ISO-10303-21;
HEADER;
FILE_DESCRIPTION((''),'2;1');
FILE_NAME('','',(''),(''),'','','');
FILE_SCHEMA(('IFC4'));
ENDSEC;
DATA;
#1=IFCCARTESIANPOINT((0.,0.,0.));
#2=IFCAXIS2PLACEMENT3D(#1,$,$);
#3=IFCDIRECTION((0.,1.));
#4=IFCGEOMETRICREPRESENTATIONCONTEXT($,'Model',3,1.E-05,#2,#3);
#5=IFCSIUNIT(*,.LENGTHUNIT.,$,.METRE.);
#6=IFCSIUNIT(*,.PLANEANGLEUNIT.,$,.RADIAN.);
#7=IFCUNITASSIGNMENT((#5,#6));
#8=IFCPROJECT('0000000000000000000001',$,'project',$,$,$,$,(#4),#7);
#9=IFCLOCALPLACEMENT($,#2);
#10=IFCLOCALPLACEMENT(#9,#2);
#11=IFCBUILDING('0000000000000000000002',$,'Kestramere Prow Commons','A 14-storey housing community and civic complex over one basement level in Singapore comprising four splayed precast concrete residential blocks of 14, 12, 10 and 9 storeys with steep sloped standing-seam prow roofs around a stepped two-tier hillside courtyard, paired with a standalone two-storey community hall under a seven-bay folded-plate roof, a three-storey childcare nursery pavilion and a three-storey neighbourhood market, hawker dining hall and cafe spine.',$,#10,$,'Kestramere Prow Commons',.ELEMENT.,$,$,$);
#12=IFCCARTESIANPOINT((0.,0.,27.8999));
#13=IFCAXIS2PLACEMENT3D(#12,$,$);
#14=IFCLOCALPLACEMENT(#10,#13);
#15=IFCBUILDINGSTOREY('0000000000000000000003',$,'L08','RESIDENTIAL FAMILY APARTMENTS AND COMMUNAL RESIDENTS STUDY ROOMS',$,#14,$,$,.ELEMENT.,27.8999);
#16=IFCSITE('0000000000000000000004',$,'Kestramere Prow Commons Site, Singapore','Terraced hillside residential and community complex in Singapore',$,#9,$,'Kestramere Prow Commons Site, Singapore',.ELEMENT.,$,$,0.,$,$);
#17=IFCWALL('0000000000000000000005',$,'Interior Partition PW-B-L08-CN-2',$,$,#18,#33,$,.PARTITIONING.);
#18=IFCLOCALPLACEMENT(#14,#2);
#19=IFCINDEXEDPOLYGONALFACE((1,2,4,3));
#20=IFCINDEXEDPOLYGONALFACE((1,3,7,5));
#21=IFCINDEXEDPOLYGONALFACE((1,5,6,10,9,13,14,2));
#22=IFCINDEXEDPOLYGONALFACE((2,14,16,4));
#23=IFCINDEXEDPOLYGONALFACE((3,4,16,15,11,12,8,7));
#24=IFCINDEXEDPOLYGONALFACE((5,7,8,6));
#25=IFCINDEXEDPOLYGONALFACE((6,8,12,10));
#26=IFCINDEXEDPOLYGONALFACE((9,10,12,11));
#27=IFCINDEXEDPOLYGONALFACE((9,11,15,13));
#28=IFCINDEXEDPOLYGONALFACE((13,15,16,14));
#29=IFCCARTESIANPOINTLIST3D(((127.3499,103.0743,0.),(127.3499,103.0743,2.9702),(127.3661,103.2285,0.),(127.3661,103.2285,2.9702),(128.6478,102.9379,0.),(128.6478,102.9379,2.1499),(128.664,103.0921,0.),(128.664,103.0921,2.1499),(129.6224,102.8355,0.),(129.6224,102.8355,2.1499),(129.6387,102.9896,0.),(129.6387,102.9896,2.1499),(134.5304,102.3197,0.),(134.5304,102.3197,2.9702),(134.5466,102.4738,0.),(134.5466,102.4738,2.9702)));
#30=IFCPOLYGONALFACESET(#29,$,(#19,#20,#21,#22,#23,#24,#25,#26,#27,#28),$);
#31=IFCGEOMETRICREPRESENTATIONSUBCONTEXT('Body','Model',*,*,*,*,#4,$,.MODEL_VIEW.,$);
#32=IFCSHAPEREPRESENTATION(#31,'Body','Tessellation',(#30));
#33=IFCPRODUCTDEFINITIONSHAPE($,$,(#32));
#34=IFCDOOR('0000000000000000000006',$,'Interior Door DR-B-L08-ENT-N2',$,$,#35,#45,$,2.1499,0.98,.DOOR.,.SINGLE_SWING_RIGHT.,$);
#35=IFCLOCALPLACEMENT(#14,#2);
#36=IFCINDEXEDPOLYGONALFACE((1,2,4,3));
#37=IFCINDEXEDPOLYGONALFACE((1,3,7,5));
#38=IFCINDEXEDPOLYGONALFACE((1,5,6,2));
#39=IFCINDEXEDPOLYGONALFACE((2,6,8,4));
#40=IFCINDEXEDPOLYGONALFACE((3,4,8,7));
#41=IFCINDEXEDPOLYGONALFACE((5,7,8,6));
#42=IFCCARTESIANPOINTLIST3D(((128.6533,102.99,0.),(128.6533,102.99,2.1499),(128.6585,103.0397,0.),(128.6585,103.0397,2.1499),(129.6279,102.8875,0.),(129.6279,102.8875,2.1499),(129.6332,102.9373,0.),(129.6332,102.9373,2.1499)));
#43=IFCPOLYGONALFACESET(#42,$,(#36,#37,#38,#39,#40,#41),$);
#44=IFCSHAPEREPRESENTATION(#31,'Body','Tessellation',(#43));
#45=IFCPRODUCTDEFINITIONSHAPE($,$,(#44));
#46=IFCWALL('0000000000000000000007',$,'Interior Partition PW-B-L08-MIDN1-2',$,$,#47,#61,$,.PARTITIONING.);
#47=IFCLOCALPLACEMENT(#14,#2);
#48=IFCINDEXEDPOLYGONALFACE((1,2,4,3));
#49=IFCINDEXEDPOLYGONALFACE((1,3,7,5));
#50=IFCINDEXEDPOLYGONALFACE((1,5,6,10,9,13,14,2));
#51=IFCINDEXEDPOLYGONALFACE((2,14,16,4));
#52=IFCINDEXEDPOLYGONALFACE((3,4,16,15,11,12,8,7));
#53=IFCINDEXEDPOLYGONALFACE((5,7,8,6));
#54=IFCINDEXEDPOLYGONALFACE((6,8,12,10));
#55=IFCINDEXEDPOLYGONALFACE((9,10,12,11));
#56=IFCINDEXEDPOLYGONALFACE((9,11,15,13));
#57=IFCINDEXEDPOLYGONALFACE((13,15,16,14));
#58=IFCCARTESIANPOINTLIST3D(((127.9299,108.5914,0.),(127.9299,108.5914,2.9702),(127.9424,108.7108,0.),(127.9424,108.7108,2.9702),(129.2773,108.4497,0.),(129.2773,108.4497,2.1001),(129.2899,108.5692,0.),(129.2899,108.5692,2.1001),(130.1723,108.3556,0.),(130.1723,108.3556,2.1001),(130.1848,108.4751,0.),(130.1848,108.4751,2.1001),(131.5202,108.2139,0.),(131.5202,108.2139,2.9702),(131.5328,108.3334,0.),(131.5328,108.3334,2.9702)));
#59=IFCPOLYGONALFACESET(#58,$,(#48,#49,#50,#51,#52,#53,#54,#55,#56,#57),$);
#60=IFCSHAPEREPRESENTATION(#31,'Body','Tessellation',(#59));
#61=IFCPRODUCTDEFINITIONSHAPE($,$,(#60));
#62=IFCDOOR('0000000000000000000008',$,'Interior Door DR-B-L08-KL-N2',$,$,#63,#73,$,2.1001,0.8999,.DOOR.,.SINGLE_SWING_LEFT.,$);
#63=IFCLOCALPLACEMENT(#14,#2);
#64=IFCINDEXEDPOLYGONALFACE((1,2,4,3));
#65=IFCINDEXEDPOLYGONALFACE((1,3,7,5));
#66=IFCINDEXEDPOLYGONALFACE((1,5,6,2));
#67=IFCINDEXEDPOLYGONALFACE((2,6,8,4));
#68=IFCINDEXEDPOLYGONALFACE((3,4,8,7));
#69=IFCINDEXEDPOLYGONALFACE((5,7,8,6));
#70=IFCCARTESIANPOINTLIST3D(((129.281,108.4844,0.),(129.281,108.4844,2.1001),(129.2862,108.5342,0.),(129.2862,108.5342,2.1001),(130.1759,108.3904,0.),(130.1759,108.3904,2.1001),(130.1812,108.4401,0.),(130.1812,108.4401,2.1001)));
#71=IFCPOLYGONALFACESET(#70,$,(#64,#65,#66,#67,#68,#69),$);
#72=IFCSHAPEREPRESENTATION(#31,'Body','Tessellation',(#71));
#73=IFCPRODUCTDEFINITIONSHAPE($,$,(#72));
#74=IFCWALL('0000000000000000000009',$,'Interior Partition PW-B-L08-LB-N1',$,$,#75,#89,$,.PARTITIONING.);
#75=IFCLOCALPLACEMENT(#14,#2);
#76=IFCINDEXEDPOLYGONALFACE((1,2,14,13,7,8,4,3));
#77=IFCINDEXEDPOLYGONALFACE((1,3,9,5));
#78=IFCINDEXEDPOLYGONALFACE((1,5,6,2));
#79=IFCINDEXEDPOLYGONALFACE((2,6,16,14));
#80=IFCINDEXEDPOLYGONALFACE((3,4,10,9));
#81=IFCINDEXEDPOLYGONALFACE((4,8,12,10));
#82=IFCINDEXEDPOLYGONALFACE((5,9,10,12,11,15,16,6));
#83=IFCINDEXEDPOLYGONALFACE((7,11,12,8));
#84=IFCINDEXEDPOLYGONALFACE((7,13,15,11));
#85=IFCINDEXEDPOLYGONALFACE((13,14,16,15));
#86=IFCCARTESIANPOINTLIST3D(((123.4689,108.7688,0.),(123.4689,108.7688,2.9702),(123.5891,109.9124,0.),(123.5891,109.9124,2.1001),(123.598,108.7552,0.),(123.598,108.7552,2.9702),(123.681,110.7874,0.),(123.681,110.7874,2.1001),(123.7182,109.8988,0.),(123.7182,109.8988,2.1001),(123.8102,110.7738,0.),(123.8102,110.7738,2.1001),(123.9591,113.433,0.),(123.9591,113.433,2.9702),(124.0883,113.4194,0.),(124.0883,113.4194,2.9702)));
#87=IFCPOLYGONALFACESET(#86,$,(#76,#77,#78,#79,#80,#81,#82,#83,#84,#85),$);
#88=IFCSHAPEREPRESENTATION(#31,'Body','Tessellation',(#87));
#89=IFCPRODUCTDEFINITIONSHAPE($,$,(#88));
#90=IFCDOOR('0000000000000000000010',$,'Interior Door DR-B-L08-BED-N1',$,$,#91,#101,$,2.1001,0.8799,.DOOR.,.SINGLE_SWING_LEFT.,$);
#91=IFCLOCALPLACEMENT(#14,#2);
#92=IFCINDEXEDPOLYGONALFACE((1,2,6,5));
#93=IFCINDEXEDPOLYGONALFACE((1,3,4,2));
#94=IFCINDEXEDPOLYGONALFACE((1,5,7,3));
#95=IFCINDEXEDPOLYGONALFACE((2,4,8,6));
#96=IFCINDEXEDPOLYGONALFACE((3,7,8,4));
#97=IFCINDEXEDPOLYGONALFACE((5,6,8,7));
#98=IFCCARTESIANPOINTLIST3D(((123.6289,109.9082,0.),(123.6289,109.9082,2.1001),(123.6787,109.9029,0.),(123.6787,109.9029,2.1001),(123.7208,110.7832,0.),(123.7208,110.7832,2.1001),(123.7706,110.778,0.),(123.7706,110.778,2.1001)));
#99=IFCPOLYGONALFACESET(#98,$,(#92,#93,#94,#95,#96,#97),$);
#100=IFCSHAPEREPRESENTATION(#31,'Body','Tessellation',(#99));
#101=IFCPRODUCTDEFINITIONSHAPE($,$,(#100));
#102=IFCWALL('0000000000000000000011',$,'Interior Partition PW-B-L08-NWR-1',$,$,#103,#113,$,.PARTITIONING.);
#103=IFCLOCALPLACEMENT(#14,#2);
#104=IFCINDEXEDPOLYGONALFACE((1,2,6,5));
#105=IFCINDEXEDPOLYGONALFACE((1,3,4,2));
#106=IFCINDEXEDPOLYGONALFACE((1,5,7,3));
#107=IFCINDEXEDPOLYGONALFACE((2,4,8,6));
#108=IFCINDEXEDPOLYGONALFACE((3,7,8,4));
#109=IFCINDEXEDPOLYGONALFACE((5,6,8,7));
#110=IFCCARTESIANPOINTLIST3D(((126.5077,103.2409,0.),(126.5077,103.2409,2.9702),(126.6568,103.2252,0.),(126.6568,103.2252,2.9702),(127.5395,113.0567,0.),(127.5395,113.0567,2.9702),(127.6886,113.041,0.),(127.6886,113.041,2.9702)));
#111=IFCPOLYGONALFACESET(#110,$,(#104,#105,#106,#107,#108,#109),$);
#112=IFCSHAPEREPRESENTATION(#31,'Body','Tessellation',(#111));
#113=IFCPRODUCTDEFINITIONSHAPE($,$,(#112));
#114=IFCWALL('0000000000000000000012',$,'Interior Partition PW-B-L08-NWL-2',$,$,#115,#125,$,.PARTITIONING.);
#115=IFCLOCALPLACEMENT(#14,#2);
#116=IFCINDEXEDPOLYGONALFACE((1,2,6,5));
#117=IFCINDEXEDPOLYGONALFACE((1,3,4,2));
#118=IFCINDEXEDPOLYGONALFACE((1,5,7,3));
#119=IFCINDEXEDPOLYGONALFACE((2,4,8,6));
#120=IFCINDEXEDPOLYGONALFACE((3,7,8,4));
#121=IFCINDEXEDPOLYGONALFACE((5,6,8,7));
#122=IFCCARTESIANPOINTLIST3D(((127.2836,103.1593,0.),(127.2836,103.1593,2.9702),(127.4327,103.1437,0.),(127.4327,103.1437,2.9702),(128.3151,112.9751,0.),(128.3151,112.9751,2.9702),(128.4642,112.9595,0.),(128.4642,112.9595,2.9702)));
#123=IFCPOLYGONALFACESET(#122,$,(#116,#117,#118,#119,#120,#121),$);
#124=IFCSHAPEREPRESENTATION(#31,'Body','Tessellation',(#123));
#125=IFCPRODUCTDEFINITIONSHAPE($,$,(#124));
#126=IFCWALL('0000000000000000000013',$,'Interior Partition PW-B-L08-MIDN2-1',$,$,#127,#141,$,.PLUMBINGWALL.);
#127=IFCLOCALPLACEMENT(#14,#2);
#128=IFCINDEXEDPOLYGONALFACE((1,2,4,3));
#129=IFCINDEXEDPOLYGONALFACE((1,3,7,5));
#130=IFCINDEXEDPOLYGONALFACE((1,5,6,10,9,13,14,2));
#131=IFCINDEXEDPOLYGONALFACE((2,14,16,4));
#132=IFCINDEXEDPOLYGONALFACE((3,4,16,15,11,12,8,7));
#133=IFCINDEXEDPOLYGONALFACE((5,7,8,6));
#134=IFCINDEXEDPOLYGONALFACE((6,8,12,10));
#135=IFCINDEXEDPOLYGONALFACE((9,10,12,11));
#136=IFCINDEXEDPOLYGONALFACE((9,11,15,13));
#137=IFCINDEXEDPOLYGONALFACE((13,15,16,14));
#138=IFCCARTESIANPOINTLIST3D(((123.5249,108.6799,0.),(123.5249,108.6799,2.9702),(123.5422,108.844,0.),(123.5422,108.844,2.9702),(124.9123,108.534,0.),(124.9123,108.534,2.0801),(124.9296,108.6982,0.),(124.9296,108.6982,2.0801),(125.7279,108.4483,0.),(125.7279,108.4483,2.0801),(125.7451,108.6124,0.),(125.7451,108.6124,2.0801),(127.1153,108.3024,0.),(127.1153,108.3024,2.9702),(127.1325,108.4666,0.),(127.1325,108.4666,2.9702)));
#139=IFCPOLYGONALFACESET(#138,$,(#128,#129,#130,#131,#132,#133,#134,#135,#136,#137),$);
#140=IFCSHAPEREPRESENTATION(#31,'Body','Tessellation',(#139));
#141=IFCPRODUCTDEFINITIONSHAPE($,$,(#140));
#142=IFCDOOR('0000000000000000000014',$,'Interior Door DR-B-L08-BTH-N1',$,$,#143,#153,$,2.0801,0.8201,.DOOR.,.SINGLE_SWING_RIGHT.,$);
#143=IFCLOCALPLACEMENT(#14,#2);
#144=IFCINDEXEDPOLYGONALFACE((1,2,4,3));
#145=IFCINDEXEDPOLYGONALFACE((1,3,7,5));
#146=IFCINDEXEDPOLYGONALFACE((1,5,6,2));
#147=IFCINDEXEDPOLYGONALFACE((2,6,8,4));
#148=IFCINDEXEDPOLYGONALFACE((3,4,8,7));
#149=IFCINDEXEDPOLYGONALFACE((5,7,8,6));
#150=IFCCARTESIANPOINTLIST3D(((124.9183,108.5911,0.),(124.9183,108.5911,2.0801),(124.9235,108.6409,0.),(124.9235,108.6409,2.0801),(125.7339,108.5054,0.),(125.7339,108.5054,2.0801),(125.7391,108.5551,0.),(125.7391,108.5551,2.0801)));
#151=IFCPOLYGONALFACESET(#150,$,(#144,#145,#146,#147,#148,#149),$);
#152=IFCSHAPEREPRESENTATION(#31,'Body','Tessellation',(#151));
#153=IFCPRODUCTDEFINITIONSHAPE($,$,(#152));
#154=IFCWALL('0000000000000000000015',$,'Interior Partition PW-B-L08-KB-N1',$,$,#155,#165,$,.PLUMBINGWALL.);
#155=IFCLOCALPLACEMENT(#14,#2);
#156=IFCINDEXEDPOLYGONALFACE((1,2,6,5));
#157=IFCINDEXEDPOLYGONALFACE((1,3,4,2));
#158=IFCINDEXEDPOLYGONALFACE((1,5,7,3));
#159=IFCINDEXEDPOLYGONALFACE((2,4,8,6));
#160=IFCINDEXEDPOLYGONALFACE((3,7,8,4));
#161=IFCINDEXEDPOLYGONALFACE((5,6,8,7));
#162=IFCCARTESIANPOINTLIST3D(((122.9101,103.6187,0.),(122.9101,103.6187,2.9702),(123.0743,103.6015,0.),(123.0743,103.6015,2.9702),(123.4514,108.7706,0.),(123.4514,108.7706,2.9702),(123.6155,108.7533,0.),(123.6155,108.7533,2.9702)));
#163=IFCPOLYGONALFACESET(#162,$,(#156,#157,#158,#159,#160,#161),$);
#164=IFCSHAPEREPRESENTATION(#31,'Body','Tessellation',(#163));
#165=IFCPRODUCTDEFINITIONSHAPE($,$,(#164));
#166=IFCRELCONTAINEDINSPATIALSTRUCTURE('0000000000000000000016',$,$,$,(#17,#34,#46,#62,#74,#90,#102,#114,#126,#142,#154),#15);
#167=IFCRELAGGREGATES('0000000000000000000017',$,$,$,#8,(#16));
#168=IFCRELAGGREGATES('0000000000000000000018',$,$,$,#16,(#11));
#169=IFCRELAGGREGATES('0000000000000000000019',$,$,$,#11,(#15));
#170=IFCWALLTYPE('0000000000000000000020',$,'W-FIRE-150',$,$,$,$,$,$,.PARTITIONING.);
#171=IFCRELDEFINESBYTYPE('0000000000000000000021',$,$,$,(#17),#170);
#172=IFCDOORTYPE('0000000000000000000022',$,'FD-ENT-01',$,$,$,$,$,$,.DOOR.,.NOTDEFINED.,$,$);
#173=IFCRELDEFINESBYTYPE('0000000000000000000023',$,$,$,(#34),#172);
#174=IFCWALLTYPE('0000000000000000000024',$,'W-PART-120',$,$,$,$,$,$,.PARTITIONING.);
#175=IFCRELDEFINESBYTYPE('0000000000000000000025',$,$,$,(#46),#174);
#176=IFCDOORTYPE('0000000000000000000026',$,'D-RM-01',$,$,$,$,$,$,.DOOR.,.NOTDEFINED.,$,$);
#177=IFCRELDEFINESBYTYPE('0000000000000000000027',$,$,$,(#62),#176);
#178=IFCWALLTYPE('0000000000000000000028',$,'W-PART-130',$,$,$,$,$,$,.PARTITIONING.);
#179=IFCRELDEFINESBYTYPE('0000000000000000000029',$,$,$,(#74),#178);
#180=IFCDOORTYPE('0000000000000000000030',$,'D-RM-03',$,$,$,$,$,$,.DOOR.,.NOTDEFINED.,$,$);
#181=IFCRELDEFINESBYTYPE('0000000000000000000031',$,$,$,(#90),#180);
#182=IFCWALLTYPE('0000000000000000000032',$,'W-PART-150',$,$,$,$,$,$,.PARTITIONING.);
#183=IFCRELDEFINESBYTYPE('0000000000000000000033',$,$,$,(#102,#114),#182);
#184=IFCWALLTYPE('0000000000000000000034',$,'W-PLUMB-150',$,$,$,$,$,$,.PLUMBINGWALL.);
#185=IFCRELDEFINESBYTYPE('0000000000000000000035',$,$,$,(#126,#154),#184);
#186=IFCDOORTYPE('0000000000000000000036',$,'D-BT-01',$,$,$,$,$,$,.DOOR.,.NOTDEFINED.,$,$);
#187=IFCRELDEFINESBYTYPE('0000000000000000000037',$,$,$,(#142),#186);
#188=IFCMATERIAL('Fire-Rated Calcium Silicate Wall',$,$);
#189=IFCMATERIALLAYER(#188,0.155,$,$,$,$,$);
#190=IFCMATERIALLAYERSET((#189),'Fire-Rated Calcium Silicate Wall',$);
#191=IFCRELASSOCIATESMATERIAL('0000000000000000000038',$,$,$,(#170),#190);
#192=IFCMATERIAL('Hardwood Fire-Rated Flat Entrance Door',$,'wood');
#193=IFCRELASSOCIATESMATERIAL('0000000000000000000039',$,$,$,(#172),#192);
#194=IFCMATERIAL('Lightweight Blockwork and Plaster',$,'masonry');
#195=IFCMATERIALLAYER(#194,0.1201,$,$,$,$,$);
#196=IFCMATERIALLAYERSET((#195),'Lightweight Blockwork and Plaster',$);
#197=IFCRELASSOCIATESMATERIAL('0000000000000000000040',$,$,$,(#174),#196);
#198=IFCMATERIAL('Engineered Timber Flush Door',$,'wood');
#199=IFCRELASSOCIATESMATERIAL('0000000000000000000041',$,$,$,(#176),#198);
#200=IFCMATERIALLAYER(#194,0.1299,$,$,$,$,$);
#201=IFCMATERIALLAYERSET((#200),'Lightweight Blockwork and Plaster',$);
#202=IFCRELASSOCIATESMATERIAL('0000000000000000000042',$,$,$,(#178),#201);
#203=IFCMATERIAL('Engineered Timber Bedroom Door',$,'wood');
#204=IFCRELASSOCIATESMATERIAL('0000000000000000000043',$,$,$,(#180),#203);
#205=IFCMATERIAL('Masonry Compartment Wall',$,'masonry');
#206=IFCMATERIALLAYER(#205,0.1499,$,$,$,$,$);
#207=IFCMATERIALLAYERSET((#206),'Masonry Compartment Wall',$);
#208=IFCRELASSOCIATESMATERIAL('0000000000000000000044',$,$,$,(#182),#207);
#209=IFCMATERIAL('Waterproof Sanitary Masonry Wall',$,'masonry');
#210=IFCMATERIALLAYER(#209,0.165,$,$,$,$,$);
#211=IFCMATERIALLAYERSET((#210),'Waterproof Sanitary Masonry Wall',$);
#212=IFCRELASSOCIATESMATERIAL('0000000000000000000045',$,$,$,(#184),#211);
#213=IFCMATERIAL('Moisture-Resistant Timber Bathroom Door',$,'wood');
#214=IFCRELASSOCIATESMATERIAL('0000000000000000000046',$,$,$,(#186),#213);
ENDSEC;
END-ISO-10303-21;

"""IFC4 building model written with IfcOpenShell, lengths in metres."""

from ifc_helpers import new_model, si_unit, direction, frame, frame_2d, origin, place, context, subcontext, project, spatial, rectangle, extrude, material, layer, layer_set, type_object, element, fill, save


model = new_model("IFC4")

# Units and contexts
model_context = context("Model", 3, precision=1e-05, world=origin(), true_north=direction((0.0, 1.0)))
body_context = subcontext(model_context, "Body", "Model", "MODEL_VIEW")
ifc_project = project(units=[si_unit("LENGTHUNIT", "METRE"), si_unit("PLANEANGLEUNIT", "RADIAN")], contexts=[model_context])

# Site, building, storey
site_placement = place(None, origin())
site = spatial("IfcSite", under=ifc_project, at=site_placement, Name="Kestramere Prow Commons Site, Singapore", Description="Terraced hillside residential and community complex in Singapore", LongName="Kestramere Prow Commons Site, Singapore", CompositionType="ELEMENT", RefElevation=0.0)
building_placement = place(site_placement, origin())
building = spatial("IfcBuilding", under=site, at=building_placement, Name="Kestramere Prow Commons", Description="A 14-storey housing community and civic complex over one basement level in Singapore comprising four splayed precast concrete residential blocks of 14, 12, 10 and 9 storeys with steep sloped standing-seam prow roofs around a stepped two-tier hillside courtyard, paired with a standalone two-storey community hall under a seven-bay folded-plate roof, a three-storey childcare nursery pavilion and a three-storey neighbourhood market, hawker dining hall and cafe spine.", LongName="Kestramere Prow Commons", CompositionType="ELEMENT")
storey_placement = place(building_placement, frame((0.0, 0.0, 27.8999)))
storey = spatial("IfcBuildingStorey", under=building, at=storey_placement, Name="L08", Description="RESIDENTIAL FAMILY APARTMENTS AND COMMUNAL RESIDENTS STUDY ROOMS", CompositionType="ELEMENT", Elevation=27.8999)

# Walls, openings, doors
ifc_material_1 = material(Name="Fire-Rated Calcium Silicate Wall")
ifc_layer_1 = layer(ifc_material_1, 0.155)
ifc_layer_set_1 = layer_set([ifc_layer_1], Name="Fire-Rated Calcium Silicate Wall")
wall_type_1 = type_object("IfcWallType", Name="W-FIRE-150", PredefinedType="PARTITIONING", material=ifc_layer_set_1)
ifc_material_2 = material(Name="Hardwood Fire-Rated Flat Entrance Door", Category="wood")
wall_1_placement = place(storey_placement, frame((127.3582, 103.1514, 0.0), z_axis=(0.0, 0.0, 1.0), x_axis=(0.994523, -0.104521, 0.0)))
wall_1 = element("IfcWall", 1, at=wall_1_placement, inside=storey, type_object=wall_type_1, Name="Interior Partition PW-B-L08-CN-2", PredefinedType="PARTITIONING", context=body_context, shape_type="SweptSolid", body=[
    extrude(rectangle(XDim=7.22, YDim=0.155, at=frame_2d((3.6099, 0.0))), origin(), (0.0, 0.0, 1.0), 2.9702),
])
opening_1_placement = place(wall_1_placement, frame((1.3049, 0.0, 0.0)))
opening_1 = element("IfcOpeningElement", 2, at=opening_1_placement, cuts=wall_1, PredefinedType="OPENING", context=body_context, shape_type="SweptSolid", body=[
    extrude(rectangle(XDim=0.98, YDim=2.1499, at=frame_2d((0.49, 1.075))), frame((0.0, 0.0925, 0.0), z_axis=(0.0, -1.0, 0.0), x_axis=(1.0, 0.0, 0.0)), (0.0, 0.0, 1.0), 0.1851),
])
door_type_1 = type_object("IfcDoorType", Name="FD-ENT-01", OperationType="NOTDEFINED", PredefinedType="DOOR", material=ifc_material_2)
door_1_placement = place(opening_1_placement, origin())
door_1 = element("IfcDoor", 3, at=door_1_placement, inside=storey, type_object=door_type_1, Name="Interior Door DR-B-L08-ENT-N2", OperationType="SINGLE_SWING_RIGHT", OverallHeight=2.1499, OverallWidth=0.98, PredefinedType="DOOR", context=body_context, shape_type="SweptSolid", body=[
    extrude(rectangle(XDim=0.98, YDim=2.1499, at=frame_2d((0.49, 1.075))), frame((0.0, 0.0249, 0.0), z_axis=(0.0, -1.0, 0.0), x_axis=(1.0, 0.0, 0.0)), (0.0, 0.0, 1.0), 0.05),
])
fill(opening_1, door_1)
ifc_material_3 = material(Name="Lightweight Blockwork and Plaster", Category="masonry")
ifc_layer_2 = layer(ifc_material_3, 0.1201)
ifc_layer_set_2 = layer_set([ifc_layer_2], Name="Lightweight Blockwork and Plaster")
wall_type_2 = type_object("IfcWallType", Name="W-PART-120", PredefinedType="PARTITIONING", material=ifc_layer_set_2)
wall_2_placement = place(storey_placement, frame((127.936, 108.6511, 0.0), z_axis=(0.0, 0.0, 1.0), x_axis=(0.99452, -0.104551, 0.0)))
wall_2 = element("IfcWall", 4, at=wall_2_placement, inside=storey, type_object=wall_type_2, Name="Interior Partition PW-B-L08-MIDN1-2", PredefinedType="PARTITIONING", context=body_context, shape_type="SweptSolid", body=[
    extrude(rectangle(XDim=3.6101, YDim=0.1201, at=frame_2d((1.8052, 0.0))), origin(), (0.0, 0.0, 1.0), 2.9702),
])
opening_2_placement = place(wall_2_placement, frame((1.355, 0.0, 0.0)))
opening_2 = element("IfcOpeningElement", 5, at=opening_2_placement, cuts=wall_2, PredefinedType="OPENING", context=body_context, shape_type="SweptSolid", body=[
    extrude(rectangle(XDim=0.8999, YDim=2.1001, at=frame_2d((0.45, 1.05))), frame((0.0, 0.075, 0.0), z_axis=(0.0, -1.0, 0.0), x_axis=(1.0, 0.0, 0.0)), (0.0, 0.0, 1.0), 0.1501),
])
ifc_material_4 = material(Name="Engineered Timber Flush Door", Category="wood")
door_type_2 = type_object("IfcDoorType", Name="D-RM-01", OperationType="NOTDEFINED", PredefinedType="DOOR", material=ifc_material_4)
door_2_placement = place(opening_2_placement, origin())
door_2 = element("IfcDoor", 6, at=door_2_placement, inside=storey, type_object=door_type_2, Name="Interior Door DR-B-L08-KL-N2", OperationType="SINGLE_SWING_LEFT", OverallHeight=2.1001, OverallWidth=0.8999, PredefinedType="DOOR", context=body_context, shape_type="SweptSolid", body=[
    extrude(rectangle(XDim=0.8999, YDim=2.1001, at=frame_2d((0.45, 1.05))), frame((0.0, 0.0249, 0.0), z_axis=(0.0, -1.0, 0.0), x_axis=(1.0, 0.0, 0.0)), (0.0, 0.0, 1.0), 0.05),
])
fill(opening_2, door_2)
ifc_layer_3 = layer(ifc_material_3, 0.1299)
ifc_layer_set_3 = layer_set([ifc_layer_3], Name="Lightweight Blockwork and Plaster")
wall_type_3 = type_object("IfcWallType", Name="W-PART-130", PredefinedType="PARTITIONING", material=ifc_layer_set_3)
wall_3_placement = place(storey_placement, frame((123.5334, 108.762, 0.0), z_axis=(0.0, 0.0, 1.0), x_axis=(0.104528, 0.994522, 0.0)))
wall_3 = element("IfcWall", 7, at=wall_3_placement, inside=storey, type_object=wall_type_3, Name="Interior Partition PW-B-L08-LB-N1", PredefinedType="PARTITIONING", context=body_context, shape_type="SweptSolid", body=[
    extrude(rectangle(XDim=4.6899, YDim=0.1299, at=frame_2d((2.345, 0.0))), origin(), (0.0, 0.0, 1.0), 2.9702),
])
opening_3_placement = place(wall_3_placement, frame((1.1499, 0.0, 0.0)))
opening_3 = element("IfcOpeningElement", 8, at=opening_3_placement, cuts=wall_3, PredefinedType="OPENING", context=body_context, shape_type="SweptSolid", body=[
    extrude(rectangle(XDim=0.8799, YDim=2.1001, at=frame_2d((0.4399, 1.05))), frame((0.0, 0.0798, 0.0), z_axis=(0.0, -1.0, 0.0), x_axis=(1.0, 0.0, 0.0)), (0.0, 0.0, 1.0), 0.1599),
])
ifc_material_5 = material(Name="Engineered Timber Bedroom Door", Category="wood")
door_type_3 = type_object("IfcDoorType", Name="D-RM-03", OperationType="NOTDEFINED", PredefinedType="DOOR", material=ifc_material_5)
door_3_placement = place(opening_3_placement, origin())
door_3 = element("IfcDoor", 9, at=door_3_placement, inside=storey, type_object=door_type_3, Name="Interior Door DR-B-L08-BED-N1", OperationType="SINGLE_SWING_LEFT", OverallHeight=2.1001, OverallWidth=0.8799, PredefinedType="DOOR", context=body_context, shape_type="SweptSolid", body=[
    extrude(rectangle(XDim=0.8799, YDim=2.1001, at=frame_2d((0.4399, 1.05))), frame((0.0, 0.0249, 0.0), z_axis=(0.0, -1.0, 0.0), x_axis=(1.0, 0.0, 0.0)), (0.0, 0.0, 1.0), 0.05),
])
fill(opening_3, door_3)

# Walls
ifc_material_6 = material(Name="Masonry Compartment Wall", Category="masonry")
ifc_layer_4 = layer(ifc_material_6, 0.1499)
ifc_layer_set_4 = layer_set([ifc_layer_4], Name="Masonry Compartment Wall")
wall_type_4 = type_object("IfcWallType", Name="W-PART-150", PredefinedType="PARTITIONING", material=ifc_layer_set_4)
for number, where, z_axis, x_axis, name in (
    (10, (126.5823, 103.2329, 0.0), (0.0, 0.0, 1.0), (0.104533, 0.994521, 0.0), "Interior Partition PW-B-L08-NWR-1"),
    (11, (127.3582, 103.1514, 0.0), (0.0, 0.0, 1.0), (0.104508, 0.994524, 0.0), "Interior Partition PW-B-L08-NWL-2"),
):
    element("IfcWall", number, at=place(storey_placement, frame(where, z_axis=z_axis, x_axis=x_axis)), inside=storey, type_object=wall_type_4, Name=name, PredefinedType="PARTITIONING", context=body_context, shape_type="SweptSolid", body=[
        extrude(rectangle(XDim=9.8699, YDim=0.1499, at=frame_2d((4.9351, 0.0))), origin(), (0.0, 0.0, 1.0), 2.9702),
    ])

# Wall, opening, door
ifc_material_7 = material(Name="Waterproof Sanitary Masonry Wall", Category="masonry")
ifc_layer_5 = layer(ifc_material_7, 0.165)
ifc_layer_set_5 = layer_set([ifc_layer_5], Name="Waterproof Sanitary Masonry Wall")
wall_type_5 = type_object("IfcWallType", Name="W-PLUMB-150", PredefinedType="PLUMBINGWALL", material=ifc_layer_set_5)
wall_4_placement = place(storey_placement, frame((123.5334, 108.762, 0.0), z_axis=(0.0, 0.0, 1.0), x_axis=(0.99452, -0.104551, 0.0)))
wall_4 = element("IfcWall", 12, at=wall_4_placement, inside=storey, type_object=wall_type_5, Name="Interior Partition PW-B-L08-MIDN2-1", PredefinedType="PLUMBINGWALL", context=body_context, shape_type="SweptSolid", body=[
    extrude(rectangle(XDim=3.6101, YDim=0.165, at=frame_2d((1.8052, 0.0))), origin(), (0.0, 0.0, 1.0), 2.9702),
])
opening_4_placement = place(wall_4_placement, frame((1.395, 0.0, 0.0)))
opening_4 = element("IfcOpeningElement", 13, at=opening_4_placement, cuts=wall_4, PredefinedType="OPENING", context=body_context, shape_type="SweptSolid", body=[
    extrude(rectangle(XDim=0.8201, YDim=2.0801, at=frame_2d((0.4102, 1.04))), frame((0.0, 0.0974, 0.0), z_axis=(0.0, -1.0, 0.0), x_axis=(1.0, 0.0, 0.0)), (0.0, 0.0, 1.0), 0.1951),
])
ifc_material_8 = material(Name="Moisture-Resistant Timber Bathroom Door", Category="wood")
door_type_4 = type_object("IfcDoorType", Name="D-BT-01", OperationType="NOTDEFINED", PredefinedType="DOOR", material=ifc_material_8)
door_4_placement = place(opening_4_placement, origin())
door_4 = element("IfcDoor", 14, at=door_4_placement, inside=storey, type_object=door_type_4, Name="Interior Door DR-B-L08-BTH-N1", OperationType="SINGLE_SWING_RIGHT", OverallHeight=2.0801, OverallWidth=0.8201, PredefinedType="DOOR", context=body_context, shape_type="SweptSolid", body=[
    extrude(rectangle(XDim=0.8201, YDim=2.0801, at=frame_2d((0.4102, 1.04))), frame((0.0, 0.0249, 0.0), z_axis=(0.0, -1.0, 0.0), x_axis=(1.0, 0.0, 0.0)), (0.0, 0.0, 1.0), 0.05),
])
fill(opening_4, door_4)

# Wall
wall_5_placement = place(storey_placement, frame((122.9922, 103.6101, 0.0), z_axis=(0.0, 0.0, 1.0), x_axis=(0.104486, 0.994526, 0.0)))
element("IfcWall", 15, at=wall_5_placement, inside=storey, type_object=wall_type_5, Name="Interior Partition PW-B-L08-KB-N1", PredefinedType="PLUMBINGWALL", context=body_context, shape_type="SweptSolid", body=[
    extrude(rectangle(XDim=5.1802, YDim=0.165, at=frame_2d((2.5901, 0.0))), origin(), (0.0, 0.0, 1.0), 2.9702),
])

save(model, "model.ifc")
